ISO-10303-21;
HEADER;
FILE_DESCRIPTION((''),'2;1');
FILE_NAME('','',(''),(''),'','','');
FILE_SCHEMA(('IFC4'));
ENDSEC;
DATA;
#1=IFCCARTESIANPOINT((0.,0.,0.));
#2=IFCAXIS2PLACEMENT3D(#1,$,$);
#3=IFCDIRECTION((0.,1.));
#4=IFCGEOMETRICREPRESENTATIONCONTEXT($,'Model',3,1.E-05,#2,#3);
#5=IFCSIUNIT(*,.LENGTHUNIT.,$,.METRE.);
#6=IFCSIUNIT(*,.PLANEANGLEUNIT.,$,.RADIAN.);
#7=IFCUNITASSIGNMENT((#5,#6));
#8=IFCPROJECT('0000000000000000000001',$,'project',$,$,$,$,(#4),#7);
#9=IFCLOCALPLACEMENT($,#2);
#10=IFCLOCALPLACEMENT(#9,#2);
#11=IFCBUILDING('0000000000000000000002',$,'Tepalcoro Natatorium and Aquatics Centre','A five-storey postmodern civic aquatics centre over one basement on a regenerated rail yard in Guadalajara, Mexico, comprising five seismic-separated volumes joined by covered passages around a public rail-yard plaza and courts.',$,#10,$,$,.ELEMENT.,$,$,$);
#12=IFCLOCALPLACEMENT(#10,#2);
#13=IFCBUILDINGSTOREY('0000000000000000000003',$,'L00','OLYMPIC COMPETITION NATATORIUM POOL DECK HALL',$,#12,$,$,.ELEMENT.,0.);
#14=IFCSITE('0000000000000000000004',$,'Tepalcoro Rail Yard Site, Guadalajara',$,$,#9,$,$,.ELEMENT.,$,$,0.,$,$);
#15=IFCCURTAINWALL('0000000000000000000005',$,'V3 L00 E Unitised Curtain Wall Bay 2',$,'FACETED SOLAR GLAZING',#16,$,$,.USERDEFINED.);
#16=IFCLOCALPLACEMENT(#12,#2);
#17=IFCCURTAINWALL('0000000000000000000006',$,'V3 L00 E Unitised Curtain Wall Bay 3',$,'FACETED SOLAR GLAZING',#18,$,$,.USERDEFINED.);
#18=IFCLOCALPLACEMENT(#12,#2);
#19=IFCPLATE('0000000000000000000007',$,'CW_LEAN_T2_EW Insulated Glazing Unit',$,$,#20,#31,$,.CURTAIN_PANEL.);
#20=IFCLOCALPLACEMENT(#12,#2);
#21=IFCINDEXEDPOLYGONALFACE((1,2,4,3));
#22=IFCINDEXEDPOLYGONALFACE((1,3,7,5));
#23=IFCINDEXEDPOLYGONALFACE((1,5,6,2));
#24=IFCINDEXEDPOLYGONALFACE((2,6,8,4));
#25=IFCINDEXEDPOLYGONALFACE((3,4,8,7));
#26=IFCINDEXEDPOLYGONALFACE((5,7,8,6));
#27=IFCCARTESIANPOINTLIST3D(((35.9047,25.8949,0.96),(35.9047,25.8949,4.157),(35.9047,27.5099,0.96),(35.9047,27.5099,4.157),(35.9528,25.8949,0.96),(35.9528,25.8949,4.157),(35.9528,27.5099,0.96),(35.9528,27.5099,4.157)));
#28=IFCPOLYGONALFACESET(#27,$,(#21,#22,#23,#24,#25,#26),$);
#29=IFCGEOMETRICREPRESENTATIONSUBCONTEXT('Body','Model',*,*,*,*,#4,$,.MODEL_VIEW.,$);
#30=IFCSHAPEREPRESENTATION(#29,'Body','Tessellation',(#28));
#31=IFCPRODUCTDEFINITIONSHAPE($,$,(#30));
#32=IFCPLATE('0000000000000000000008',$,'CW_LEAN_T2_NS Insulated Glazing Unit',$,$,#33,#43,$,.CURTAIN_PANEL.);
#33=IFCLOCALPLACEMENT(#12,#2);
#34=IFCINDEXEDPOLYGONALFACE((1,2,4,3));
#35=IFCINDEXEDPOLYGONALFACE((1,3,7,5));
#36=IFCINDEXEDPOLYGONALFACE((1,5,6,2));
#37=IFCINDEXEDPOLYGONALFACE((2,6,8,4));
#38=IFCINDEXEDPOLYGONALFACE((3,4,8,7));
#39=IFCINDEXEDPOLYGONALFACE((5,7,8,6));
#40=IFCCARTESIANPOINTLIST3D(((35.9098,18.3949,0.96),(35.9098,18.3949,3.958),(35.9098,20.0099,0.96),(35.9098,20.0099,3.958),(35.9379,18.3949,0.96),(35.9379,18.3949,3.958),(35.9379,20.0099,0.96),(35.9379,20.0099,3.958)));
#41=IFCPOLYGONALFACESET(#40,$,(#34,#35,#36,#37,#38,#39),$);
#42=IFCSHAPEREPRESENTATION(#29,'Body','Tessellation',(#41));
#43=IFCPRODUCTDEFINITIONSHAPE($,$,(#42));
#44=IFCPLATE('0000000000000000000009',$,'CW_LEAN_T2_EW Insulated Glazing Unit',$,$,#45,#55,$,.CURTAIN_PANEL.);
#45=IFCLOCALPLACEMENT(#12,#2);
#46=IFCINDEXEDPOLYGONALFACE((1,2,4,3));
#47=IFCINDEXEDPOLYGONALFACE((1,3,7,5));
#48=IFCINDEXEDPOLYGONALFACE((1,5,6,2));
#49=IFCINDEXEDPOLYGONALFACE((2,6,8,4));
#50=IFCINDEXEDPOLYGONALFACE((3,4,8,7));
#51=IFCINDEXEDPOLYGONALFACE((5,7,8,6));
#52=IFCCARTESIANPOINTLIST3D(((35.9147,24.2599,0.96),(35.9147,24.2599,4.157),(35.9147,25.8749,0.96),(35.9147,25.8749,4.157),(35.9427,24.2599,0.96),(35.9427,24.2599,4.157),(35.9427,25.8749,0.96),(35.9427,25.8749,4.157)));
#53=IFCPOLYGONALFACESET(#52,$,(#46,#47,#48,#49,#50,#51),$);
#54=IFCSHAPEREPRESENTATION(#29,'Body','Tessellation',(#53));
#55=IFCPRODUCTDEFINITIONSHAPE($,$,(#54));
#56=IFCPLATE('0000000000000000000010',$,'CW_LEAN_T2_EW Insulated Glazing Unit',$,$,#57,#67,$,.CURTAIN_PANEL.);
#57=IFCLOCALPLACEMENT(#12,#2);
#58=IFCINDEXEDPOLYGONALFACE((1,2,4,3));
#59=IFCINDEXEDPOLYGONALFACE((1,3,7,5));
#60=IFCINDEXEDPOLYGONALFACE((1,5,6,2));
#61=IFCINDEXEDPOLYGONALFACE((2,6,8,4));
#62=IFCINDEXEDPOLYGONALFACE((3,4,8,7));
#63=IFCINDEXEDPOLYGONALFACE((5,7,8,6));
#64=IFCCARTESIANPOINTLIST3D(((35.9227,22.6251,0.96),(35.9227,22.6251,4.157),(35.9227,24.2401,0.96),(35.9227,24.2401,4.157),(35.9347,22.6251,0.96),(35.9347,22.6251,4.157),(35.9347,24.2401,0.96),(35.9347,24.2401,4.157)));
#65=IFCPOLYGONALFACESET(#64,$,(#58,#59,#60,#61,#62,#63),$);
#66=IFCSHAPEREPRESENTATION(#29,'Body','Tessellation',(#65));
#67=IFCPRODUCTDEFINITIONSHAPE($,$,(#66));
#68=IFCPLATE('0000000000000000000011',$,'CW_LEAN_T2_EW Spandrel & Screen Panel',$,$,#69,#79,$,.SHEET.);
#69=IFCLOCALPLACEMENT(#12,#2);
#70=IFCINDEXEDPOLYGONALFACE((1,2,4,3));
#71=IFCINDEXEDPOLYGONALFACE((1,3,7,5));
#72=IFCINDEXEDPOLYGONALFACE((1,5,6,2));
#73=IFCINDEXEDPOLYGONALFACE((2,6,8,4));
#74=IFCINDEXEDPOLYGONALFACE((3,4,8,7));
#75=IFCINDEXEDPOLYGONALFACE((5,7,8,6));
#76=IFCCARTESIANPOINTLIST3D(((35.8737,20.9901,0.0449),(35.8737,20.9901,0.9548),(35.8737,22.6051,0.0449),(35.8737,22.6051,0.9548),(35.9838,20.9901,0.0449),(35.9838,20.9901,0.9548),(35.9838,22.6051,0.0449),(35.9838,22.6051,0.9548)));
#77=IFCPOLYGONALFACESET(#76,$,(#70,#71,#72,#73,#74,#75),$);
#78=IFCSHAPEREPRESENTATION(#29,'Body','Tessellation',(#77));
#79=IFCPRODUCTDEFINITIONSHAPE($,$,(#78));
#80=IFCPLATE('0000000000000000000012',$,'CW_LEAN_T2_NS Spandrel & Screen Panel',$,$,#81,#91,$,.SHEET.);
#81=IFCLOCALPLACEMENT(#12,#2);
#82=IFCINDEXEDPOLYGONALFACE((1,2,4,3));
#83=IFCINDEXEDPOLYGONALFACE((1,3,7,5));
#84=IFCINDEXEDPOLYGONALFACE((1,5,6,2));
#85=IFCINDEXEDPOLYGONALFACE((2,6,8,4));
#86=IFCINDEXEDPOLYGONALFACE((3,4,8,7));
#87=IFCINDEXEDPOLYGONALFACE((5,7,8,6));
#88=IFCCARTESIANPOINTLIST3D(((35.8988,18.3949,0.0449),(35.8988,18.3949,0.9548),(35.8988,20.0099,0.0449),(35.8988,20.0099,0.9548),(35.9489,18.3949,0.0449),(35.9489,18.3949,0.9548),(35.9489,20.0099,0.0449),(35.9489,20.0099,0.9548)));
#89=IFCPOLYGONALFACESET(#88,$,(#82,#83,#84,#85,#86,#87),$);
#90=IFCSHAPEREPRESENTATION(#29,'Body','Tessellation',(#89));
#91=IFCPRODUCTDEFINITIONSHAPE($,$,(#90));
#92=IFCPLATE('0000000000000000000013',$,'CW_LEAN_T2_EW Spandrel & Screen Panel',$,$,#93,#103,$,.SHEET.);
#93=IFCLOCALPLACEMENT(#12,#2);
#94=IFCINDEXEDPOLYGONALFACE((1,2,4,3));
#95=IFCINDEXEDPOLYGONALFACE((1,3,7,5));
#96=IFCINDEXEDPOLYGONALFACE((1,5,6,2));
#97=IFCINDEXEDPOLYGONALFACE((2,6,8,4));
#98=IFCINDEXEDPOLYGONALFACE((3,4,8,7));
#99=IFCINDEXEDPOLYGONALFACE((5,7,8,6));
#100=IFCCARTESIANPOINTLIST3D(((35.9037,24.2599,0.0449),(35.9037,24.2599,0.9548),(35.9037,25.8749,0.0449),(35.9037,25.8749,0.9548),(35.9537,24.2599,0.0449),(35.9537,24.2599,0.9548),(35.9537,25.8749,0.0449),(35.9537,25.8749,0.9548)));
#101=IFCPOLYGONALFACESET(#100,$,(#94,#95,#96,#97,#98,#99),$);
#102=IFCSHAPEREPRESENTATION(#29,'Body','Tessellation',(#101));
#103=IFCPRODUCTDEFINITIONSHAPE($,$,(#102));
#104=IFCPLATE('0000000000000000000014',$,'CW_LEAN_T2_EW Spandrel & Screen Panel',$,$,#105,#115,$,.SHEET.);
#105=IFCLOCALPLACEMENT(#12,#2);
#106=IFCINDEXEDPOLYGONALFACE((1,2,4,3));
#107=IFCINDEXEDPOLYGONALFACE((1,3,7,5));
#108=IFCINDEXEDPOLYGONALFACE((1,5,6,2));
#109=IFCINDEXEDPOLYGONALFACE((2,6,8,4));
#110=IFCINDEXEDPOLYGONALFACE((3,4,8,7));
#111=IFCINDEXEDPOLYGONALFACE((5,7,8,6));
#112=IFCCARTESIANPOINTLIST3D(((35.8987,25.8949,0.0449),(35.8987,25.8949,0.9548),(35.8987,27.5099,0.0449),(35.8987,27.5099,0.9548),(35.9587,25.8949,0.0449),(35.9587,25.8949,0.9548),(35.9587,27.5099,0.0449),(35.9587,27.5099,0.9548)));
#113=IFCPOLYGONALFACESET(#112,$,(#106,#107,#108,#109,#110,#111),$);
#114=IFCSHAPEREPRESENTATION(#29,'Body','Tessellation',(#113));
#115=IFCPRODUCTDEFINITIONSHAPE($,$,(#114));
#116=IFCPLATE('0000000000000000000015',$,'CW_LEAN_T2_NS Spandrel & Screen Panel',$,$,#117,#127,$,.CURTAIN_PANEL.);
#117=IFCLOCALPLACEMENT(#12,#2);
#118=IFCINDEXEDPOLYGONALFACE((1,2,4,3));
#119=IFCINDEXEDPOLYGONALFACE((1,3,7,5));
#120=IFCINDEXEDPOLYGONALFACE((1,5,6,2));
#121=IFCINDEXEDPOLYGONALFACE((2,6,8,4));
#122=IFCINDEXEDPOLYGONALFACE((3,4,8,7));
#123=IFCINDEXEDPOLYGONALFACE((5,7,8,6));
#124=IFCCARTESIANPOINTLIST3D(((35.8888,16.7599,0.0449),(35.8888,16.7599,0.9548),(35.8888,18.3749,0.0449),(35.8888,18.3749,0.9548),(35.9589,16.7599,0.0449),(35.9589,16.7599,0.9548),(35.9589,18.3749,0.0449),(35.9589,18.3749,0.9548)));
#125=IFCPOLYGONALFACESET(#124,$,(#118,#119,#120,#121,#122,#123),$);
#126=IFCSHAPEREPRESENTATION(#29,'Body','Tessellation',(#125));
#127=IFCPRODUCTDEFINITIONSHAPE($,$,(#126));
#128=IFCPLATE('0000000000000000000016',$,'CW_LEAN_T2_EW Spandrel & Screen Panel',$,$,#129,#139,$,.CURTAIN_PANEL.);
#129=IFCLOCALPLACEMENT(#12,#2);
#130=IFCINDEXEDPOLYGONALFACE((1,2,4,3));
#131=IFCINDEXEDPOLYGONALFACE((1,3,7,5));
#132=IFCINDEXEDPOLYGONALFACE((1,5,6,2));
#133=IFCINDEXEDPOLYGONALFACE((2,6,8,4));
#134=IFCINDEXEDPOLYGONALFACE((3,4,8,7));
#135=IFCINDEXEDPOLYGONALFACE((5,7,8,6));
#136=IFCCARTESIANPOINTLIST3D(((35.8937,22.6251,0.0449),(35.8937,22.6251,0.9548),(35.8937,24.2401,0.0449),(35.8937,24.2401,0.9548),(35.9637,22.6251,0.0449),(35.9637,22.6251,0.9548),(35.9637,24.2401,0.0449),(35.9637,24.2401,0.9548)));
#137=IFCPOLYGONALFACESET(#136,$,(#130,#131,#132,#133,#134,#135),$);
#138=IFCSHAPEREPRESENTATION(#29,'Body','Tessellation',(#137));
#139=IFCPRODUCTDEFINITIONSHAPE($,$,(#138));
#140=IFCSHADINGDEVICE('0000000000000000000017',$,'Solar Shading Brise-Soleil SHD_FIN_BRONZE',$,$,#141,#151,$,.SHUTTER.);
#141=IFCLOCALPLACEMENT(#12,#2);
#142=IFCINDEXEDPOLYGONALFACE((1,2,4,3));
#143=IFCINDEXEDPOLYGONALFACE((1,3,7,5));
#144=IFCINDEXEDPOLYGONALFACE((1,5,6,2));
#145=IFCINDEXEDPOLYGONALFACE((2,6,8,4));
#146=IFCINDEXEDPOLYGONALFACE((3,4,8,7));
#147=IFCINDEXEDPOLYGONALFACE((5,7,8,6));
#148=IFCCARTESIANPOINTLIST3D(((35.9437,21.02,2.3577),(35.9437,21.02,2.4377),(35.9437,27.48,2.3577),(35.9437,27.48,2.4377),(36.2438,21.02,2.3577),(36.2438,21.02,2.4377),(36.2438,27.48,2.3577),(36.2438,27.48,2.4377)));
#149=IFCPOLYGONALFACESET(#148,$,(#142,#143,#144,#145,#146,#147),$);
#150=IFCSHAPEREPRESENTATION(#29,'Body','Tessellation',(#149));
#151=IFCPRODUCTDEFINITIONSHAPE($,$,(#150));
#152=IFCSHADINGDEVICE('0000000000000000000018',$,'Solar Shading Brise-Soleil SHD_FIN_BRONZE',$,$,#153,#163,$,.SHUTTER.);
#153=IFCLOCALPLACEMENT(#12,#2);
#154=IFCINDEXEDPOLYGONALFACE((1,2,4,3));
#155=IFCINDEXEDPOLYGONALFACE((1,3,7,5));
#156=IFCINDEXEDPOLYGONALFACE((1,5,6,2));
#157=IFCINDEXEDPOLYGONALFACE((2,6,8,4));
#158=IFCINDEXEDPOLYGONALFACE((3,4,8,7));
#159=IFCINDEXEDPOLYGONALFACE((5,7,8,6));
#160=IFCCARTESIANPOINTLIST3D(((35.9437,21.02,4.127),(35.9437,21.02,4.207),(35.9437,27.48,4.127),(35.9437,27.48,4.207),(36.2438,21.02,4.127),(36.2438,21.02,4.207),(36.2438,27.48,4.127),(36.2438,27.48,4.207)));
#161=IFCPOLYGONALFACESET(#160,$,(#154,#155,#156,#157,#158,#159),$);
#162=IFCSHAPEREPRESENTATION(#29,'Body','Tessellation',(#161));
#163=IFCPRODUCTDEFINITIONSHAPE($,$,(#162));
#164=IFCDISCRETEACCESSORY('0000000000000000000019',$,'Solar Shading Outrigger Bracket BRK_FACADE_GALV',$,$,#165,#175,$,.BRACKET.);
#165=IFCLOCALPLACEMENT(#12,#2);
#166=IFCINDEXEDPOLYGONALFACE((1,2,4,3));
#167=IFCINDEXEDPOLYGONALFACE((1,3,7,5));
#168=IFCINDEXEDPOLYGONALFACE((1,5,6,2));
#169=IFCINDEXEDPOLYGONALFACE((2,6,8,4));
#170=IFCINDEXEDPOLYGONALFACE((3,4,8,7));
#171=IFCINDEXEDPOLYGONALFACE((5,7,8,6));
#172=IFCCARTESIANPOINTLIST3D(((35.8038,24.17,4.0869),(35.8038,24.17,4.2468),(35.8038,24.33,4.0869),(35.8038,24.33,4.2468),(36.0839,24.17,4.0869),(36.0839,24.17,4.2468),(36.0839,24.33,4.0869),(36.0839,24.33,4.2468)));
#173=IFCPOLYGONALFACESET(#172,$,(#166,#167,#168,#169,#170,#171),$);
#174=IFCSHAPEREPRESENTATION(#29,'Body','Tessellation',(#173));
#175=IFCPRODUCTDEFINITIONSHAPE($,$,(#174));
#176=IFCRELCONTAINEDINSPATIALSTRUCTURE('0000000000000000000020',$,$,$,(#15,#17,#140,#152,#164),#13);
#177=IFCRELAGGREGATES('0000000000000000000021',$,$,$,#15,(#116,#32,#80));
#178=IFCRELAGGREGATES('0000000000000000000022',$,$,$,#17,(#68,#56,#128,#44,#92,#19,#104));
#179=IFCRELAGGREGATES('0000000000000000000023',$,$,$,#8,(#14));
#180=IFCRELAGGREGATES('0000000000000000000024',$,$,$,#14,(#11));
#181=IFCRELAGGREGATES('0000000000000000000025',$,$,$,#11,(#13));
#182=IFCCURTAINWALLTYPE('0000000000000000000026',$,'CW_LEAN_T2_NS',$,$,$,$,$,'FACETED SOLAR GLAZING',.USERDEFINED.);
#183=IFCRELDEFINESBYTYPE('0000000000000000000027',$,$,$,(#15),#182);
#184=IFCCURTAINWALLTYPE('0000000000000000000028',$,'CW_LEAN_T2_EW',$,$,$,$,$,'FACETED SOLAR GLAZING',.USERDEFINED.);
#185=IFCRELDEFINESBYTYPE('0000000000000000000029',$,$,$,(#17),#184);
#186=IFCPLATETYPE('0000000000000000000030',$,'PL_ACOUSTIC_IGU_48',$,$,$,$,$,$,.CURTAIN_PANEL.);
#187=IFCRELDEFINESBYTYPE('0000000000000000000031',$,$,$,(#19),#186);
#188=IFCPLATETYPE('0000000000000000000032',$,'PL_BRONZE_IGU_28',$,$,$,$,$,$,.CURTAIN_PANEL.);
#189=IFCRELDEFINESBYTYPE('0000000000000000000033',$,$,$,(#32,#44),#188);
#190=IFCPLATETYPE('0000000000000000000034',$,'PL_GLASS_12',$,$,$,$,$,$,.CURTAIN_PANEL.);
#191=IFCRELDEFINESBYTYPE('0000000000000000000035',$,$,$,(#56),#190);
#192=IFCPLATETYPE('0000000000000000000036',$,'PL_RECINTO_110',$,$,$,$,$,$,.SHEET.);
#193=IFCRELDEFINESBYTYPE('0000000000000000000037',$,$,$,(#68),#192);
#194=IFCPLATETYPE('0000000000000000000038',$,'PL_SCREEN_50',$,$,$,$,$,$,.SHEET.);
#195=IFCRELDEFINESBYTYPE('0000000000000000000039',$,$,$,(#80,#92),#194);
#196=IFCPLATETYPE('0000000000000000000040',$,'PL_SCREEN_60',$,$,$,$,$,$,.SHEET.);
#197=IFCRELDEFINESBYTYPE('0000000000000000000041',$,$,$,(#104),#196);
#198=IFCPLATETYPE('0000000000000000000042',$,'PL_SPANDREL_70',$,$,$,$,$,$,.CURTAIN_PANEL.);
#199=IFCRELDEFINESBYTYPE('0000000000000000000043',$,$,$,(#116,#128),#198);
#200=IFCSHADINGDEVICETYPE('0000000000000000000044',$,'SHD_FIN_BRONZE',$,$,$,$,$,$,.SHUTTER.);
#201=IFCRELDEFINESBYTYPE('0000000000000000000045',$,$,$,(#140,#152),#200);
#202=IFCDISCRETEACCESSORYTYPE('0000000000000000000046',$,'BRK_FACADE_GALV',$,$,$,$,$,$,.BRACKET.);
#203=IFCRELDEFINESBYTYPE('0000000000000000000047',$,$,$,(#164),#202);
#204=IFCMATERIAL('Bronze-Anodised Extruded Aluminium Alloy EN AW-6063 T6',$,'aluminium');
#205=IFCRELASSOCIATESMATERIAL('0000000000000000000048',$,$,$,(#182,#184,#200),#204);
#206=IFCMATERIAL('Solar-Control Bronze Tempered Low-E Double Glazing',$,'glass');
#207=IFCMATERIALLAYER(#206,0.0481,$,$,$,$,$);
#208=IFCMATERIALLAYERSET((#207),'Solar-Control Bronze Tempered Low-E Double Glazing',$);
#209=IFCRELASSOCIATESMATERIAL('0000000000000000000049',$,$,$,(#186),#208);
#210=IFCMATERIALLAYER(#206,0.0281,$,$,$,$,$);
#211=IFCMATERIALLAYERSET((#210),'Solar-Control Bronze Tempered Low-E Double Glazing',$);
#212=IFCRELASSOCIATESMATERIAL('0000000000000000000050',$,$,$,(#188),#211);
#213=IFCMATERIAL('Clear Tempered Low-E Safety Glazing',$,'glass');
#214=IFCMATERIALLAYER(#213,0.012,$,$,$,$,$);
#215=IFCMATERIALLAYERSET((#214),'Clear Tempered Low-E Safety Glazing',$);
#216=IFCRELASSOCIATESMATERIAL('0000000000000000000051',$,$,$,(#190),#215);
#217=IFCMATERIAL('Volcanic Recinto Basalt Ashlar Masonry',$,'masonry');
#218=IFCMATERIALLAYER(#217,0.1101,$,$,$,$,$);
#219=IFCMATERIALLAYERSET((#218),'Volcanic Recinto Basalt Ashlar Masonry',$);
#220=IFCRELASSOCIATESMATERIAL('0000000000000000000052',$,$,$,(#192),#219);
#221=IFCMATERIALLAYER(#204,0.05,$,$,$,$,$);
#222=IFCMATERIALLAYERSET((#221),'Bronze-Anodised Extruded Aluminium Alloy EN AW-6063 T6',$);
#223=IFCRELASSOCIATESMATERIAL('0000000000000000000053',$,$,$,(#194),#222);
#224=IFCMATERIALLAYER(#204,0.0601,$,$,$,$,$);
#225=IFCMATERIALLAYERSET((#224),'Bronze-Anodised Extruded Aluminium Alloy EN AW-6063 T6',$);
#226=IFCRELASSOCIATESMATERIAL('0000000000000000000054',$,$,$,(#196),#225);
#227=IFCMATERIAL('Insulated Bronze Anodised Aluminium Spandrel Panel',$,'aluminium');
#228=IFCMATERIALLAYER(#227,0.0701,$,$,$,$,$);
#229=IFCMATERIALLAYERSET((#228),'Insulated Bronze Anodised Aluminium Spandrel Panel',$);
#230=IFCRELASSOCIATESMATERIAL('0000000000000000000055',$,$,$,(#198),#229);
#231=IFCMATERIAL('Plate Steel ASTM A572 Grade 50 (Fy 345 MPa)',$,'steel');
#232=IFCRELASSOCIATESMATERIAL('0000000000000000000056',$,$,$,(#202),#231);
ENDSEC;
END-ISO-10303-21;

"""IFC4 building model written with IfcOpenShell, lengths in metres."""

from ifc_helpers import new_model, si_unit, direction, frame, origin, origin_2d, place, context, subcontext, project, spatial, rectangle, extrude, material, layer, layer_set, type_object, element, aggregate, save


model = new_model("IFC4")

# Units and contexts
model_context = context("Model", 3, precision=1e-05, world=origin(), true_north=direction((0.0, 1.0)))
body_context = subcontext(model_context, "Body", "Model", "MODEL_VIEW")
ifc_project = project(units=[si_unit("LENGTHUNIT", "METRE"), si_unit("PLANEANGLEUNIT", "RADIAN")], contexts=[model_context])

# Site, building, storey
site_placement = place(None, origin())
site = spatial("IfcSite", under=ifc_project, at=site_placement, Name="Tepalcoro Rail Yard Site, Guadalajara", CompositionType="ELEMENT", RefElevation=0.0)
building_placement = place(site_placement, origin())
building = spatial("IfcBuilding", under=site, at=building_placement, Name="Tepalcoro Natatorium and Aquatics Centre", Description="A five-storey postmodern civic aquatics centre over one basement on a regenerated rail yard in Guadalajara, Mexico, comprising five seismic-separated volumes joined by covered passages around a public rail-yard plaza and courts.", CompositionType="ELEMENT")
storey_placement = place(building_placement, origin())
storey = spatial("IfcBuildingStorey", under=building, at=storey_placement, Name="L00", Description="OLYMPIC COMPETITION NATATORIUM POOL DECK HALL", CompositionType="ELEMENT", Elevation=0.0)

# Curtain walls
ifc_material_1 = material(Name="Bronze-Anodised Extruded Aluminium Alloy EN AW-6063 T6", Category="aluminium")
curtain_wall_type_1 = type_object("IfcCurtainWallType", Name="CW_LEAN_T2_NS", ElementType="FACETED SOLAR GLAZING", PredefinedType="USERDEFINED", material=ifc_material_1)
curtain_wall_1_placement = place(storey_placement, origin())
curtain_wall_1 = element("IfcCurtainWall", 1, at=curtain_wall_1_placement, inside=storey, type_object=curtain_wall_type_1, Name="V3 L00 E Unitised Curtain Wall Bay 2", ObjectType="FACETED SOLAR GLAZING", PredefinedType="USERDEFINED")
curtain_wall_type_2 = type_object("IfcCurtainWallType", Name="CW_LEAN_T2_EW", ElementType="FACETED SOLAR GLAZING", PredefinedType="USERDEFINED", material=ifc_material_1)
curtain_wall_2_placement = place(storey_placement, origin())
curtain_wall_2 = element("IfcCurtainWall", 2, at=curtain_wall_2_placement, inside=storey, type_object=curtain_wall_type_2, Name="V3 L00 E Unitised Curtain Wall Bay 3", ObjectType="FACETED SOLAR GLAZING", PredefinedType="USERDEFINED")

# Plates
ifc_material_2 = material(Name="Solar-Control Bronze Tempered Low-E Double Glazing", Category="glass")
ifc_layer_1 = layer(ifc_material_2, 0.0481)
ifc_layer_set_1 = layer_set([ifc_layer_1], Name="Solar-Control Bronze Tempered Low-E Double Glazing")
plate_type_1 = type_object("IfcPlateType", Name="PL_ACOUSTIC_IGU_48", PredefinedType="CURTAIN_PANEL", material=ifc_layer_set_1)
plate_1_placement = place(storey_placement, frame((35.9287, 26.7024, 0.96), z_axis=(0.0, 0.0, 1.0), x_axis=(1.0, 0.0, 0.0)))
plate_1 = element("IfcPlate", 3, at=plate_1_placement, type_object=plate_type_1, Name="CW_LEAN_T2_EW Insulated Glazing Unit", PredefinedType="CURTAIN_PANEL", context=body_context, shape_type="SweptSolid", body=[
    extrude(rectangle(XDim=0.0481, YDim=1.615, at=origin_2d()), origin(), (0.0, 0.0, 1.0), 3.197),
])
ifc_layer_2 = layer(ifc_material_2, 0.0281)
ifc_layer_set_2 = layer_set([ifc_layer_2], Name="Solar-Control Bronze Tempered Low-E Double Glazing")
plate_type_2 = type_object("IfcPlateType", Name="PL_BRONZE_IGU_28", PredefinedType="CURTAIN_PANEL", material=ifc_layer_set_2)
plate_2_placement = place(storey_placement, frame((35.9238, 19.2024, 0.96), z_axis=(0.0, 0.0, 1.0), x_axis=(1.0, 0.0, 0.0)))
plate_2 = element("IfcPlate", 4, at=plate_2_placement, type_object=plate_type_2, Name="CW_LEAN_T2_NS Insulated Glazing Unit", PredefinedType="CURTAIN_PANEL", context=body_context, shape_type="SweptSolid", body=[
    extrude(rectangle(XDim=0.0281, YDim=1.615, at=origin_2d()), origin(), (0.0, 0.0, 1.0), 2.998),
])
plate_3_placement = place(storey_placement, frame((35.9287, 25.0674, 0.96), z_axis=(0.0, 0.0, 1.0), x_axis=(1.0, 0.0, 0.0)))
plate_3 = element("IfcPlate", 5, at=plate_3_placement, type_object=plate_type_2, Name="CW_LEAN_T2_EW Insulated Glazing Unit", PredefinedType="CURTAIN_PANEL", context=body_context, shape_type="SweptSolid", body=[
    extrude(rectangle(XDim=0.0281, YDim=1.615, at=origin_2d()), origin(), (0.0, 0.0, 1.0), 3.197),
])
ifc_material_3 = material(Name="Clear Tempered Low-E Safety Glazing", Category="glass")
ifc_layer_3 = layer(ifc_material_3, 0.012)
ifc_layer_set_3 = layer_set([ifc_layer_3], Name="Clear Tempered Low-E Safety Glazing")
plate_type_3 = type_object("IfcPlateType", Name="PL_GLASS_12", PredefinedType="CURTAIN_PANEL", material=ifc_layer_set_3)
plate_4_placement = place(storey_placement, frame((35.9287, 23.4326, 0.96), z_axis=(0.0, 0.0, 1.0), x_axis=(1.0, 0.0, 0.0)))
plate_4 = element("IfcPlate", 6, at=plate_4_placement, type_object=plate_type_3, Name="CW_LEAN_T2_EW Insulated Glazing Unit", PredefinedType="CURTAIN_PANEL", context=body_context, shape_type="SweptSolid", body=[
    extrude(rectangle(XDim=0.012, YDim=1.615, at=origin_2d()), origin(), (0.0, 0.0, 1.0), 3.197),
])
ifc_material_4 = material(Name="Volcanic Recinto Basalt Ashlar Masonry", Category="masonry")
ifc_layer_4 = layer(ifc_material_4, 0.1101)
ifc_layer_set_4 = layer_set([ifc_layer_4], Name="Volcanic Recinto Basalt Ashlar Masonry")
plate_type_4 = type_object("IfcPlateType", Name="PL_RECINTO_110", PredefinedType="SHEET", material=ifc_layer_set_4)
plate_5_placement = place(storey_placement, frame((35.9287, 21.7976, 0.0449), z_axis=(0.0, 0.0, 1.0), x_axis=(1.0, 0.0, 0.0)))
plate_5 = element("IfcPlate", 7, at=plate_5_placement, type_object=plate_type_4, Name="CW_LEAN_T2_EW Spandrel & Screen Panel", PredefinedType="SHEET", context=body_context, shape_type="SweptSolid", body=[
    extrude(rectangle(XDim=0.1101, YDim=1.615, at=origin_2d()), origin(), (0.0, 0.0, 1.0), 0.9099),
])
ifc_layer_5 = layer(ifc_material_1, 0.05)
ifc_layer_set_5 = layer_set([ifc_layer_5], Name="Bronze-Anodised Extruded Aluminium Alloy EN AW-6063 T6")
plate_type_5 = type_object("IfcPlateType", Name="PL_SCREEN_50", PredefinedType="SHEET", material=ifc_layer_set_5)
plate_6_placement = place(storey_placement, frame((35.9238, 19.2024, 0.0449), z_axis=(0.0, 0.0, 1.0), x_axis=(1.0, 0.0, 0.0)))
plate_6 = element("IfcPlate", 8, at=plate_6_placement, type_object=plate_type_5, Name="CW_LEAN_T2_NS Spandrel & Screen Panel", PredefinedType="SHEET", context=body_context, shape_type="SweptSolid", body=[
    extrude(rectangle(XDim=0.05, YDim=1.615, at=origin_2d()), origin(), (0.0, 0.0, 1.0), 0.9099),
])
plate_7_placement = place(storey_placement, frame((35.9287, 25.0674, 0.0449), z_axis=(0.0, 0.0, 1.0), x_axis=(1.0, 0.0, 0.0)))
plate_7 = element("IfcPlate", 9, at=plate_7_placement, type_object=plate_type_5, Name="CW_LEAN_T2_EW Spandrel & Screen Panel", PredefinedType="SHEET", context=body_context, shape_type="SweptSolid", body=[
    extrude(rectangle(XDim=0.05, YDim=1.615, at=origin_2d()), origin(), (0.0, 0.0, 1.0), 0.9099),
])
ifc_layer_6 = layer(ifc_material_1, 0.0601)
ifc_layer_set_6 = layer_set([ifc_layer_6], Name="Bronze-Anodised Extruded Aluminium Alloy EN AW-6063 T6")
plate_type_6 = type_object("IfcPlateType", Name="PL_SCREEN_60", PredefinedType="SHEET", material=ifc_layer_set_6)
plate_8_placement = place(storey_placement, frame((35.9287, 26.7024, 0.0449), z_axis=(0.0, 0.0, 1.0), x_axis=(1.0, 0.0, 0.0)))
plate_8 = element("IfcPlate", 10, at=plate_8_placement, type_object=plate_type_6, Name="CW_LEAN_T2_EW Spandrel & Screen Panel", PredefinedType="SHEET", context=body_context, shape_type="SweptSolid", body=[
    extrude(rectangle(XDim=0.0601, YDim=1.615, at=origin_2d()), origin(), (0.0, 0.0, 1.0), 0.9099),
])
ifc_material_5 = material(Name="Insulated Bronze Anodised Aluminium Spandrel Panel", Category="aluminium")
ifc_layer_7 = layer(ifc_material_5, 0.0701)
ifc_layer_set_7 = layer_set([ifc_layer_7], Name="Insulated Bronze Anodised Aluminium Spandrel Panel")
plate_type_7 = type_object("IfcPlateType", Name="PL_SPANDREL_70", PredefinedType="CURTAIN_PANEL", material=ifc_layer_set_7)
plate_9_placement = place(storey_placement, frame((35.9238, 17.5674, 0.0449), z_axis=(0.0, 0.0, 1.0), x_axis=(1.0, 0.0, 0.0)))
plate_9 = element("IfcPlate", 11, at=plate_9_placement, type_object=plate_type_7, Name="CW_LEAN_T2_NS Spandrel & Screen Panel", PredefinedType="CURTAIN_PANEL", context=body_context, shape_type="SweptSolid", body=[
    extrude(rectangle(XDim=0.0701, YDim=1.615, at=origin_2d()), origin(), (0.0, 0.0, 1.0), 0.9099),
])
aggregate(curtain_wall_1, [plate_9, plate_2, plate_6])
plate_10_placement = place(storey_placement, frame((35.9287, 23.4326, 0.0449), z_axis=(0.0, 0.0, 1.0), x_axis=(1.0, 0.0, 0.0)))
plate_10 = element("IfcPlate", 12, at=plate_10_placement, type_object=plate_type_7, Name="CW_LEAN_T2_EW Spandrel & Screen Panel", PredefinedType="CURTAIN_PANEL", context=body_context, shape_type="SweptSolid", body=[
    extrude(rectangle(XDim=0.0701, YDim=1.615, at=origin_2d()), origin(), (0.0, 0.0, 1.0), 0.9099),
])
aggregate(curtain_wall_2, [plate_5, plate_4, plate_10, plate_3, plate_7, plate_1, plate_8])

# Shading devices
shading_device_type = type_object("IfcShadingDeviceType", Name="SHD_FIN_BRONZE", PredefinedType="SHUTTER", material=ifc_material_1)
for number, where, z_axis, x_axis, name in (
    (13, (36.0938, 24.25, 2.3577), (0.0, 0.0, 1.0), (1.0, 0.0, 0.0), "Solar Shading Brise-Soleil SHD_FIN_BRONZE"),
    (14, (36.0938, 24.25, 4.127), (0.0, 0.0, 1.0), (1.0, 0.0, 0.0), "Solar Shading Brise-Soleil SHD_FIN_BRONZE"),
):
    element("IfcShadingDevice", number, at=place(storey_placement, frame(where, z_axis=z_axis, x_axis=x_axis)), inside=storey, type_object=shading_device_type, Name=name, PredefinedType="SHUTTER", context=body_context, shape_type="SweptSolid", body=[
        extrude(rectangle(XDim=0.3, YDim=6.46, at=origin_2d()), origin(), (0.0, 0.0, 1.0), 0.0801),
    ])

# Discrete accessory
ifc_material_6 = material(Name="Plate Steel ASTM A572 Grade 50 (Fy 345 MPa)", Category="steel")
discrete_accessory_type = type_object("IfcDiscreteAccessoryType", Name="BRK_FACADE_GALV", PredefinedType="BRACKET", material=ifc_material_6)
discrete_accessory_placement = place(storey_placement, frame((35.9438, 24.25, 4.0869), z_axis=(0.0, 0.0, 1.0), x_axis=(1.0, 0.0, 0.0)))
element("IfcDiscreteAccessory", 15, at=discrete_accessory_placement, inside=storey, type_object=discrete_accessory_type, Name="Solar Shading Outrigger Bracket BRK_FACADE_GALV", PredefinedType="BRACKET", context=body_context, shape_type="SweptSolid", body=[
    extrude(rectangle(XDim=0.28, YDim=0.1599, at=origin_2d()), origin(), (0.0, 0.0, 1.0), 0.1599),
])

save(model, "model.ifc")
